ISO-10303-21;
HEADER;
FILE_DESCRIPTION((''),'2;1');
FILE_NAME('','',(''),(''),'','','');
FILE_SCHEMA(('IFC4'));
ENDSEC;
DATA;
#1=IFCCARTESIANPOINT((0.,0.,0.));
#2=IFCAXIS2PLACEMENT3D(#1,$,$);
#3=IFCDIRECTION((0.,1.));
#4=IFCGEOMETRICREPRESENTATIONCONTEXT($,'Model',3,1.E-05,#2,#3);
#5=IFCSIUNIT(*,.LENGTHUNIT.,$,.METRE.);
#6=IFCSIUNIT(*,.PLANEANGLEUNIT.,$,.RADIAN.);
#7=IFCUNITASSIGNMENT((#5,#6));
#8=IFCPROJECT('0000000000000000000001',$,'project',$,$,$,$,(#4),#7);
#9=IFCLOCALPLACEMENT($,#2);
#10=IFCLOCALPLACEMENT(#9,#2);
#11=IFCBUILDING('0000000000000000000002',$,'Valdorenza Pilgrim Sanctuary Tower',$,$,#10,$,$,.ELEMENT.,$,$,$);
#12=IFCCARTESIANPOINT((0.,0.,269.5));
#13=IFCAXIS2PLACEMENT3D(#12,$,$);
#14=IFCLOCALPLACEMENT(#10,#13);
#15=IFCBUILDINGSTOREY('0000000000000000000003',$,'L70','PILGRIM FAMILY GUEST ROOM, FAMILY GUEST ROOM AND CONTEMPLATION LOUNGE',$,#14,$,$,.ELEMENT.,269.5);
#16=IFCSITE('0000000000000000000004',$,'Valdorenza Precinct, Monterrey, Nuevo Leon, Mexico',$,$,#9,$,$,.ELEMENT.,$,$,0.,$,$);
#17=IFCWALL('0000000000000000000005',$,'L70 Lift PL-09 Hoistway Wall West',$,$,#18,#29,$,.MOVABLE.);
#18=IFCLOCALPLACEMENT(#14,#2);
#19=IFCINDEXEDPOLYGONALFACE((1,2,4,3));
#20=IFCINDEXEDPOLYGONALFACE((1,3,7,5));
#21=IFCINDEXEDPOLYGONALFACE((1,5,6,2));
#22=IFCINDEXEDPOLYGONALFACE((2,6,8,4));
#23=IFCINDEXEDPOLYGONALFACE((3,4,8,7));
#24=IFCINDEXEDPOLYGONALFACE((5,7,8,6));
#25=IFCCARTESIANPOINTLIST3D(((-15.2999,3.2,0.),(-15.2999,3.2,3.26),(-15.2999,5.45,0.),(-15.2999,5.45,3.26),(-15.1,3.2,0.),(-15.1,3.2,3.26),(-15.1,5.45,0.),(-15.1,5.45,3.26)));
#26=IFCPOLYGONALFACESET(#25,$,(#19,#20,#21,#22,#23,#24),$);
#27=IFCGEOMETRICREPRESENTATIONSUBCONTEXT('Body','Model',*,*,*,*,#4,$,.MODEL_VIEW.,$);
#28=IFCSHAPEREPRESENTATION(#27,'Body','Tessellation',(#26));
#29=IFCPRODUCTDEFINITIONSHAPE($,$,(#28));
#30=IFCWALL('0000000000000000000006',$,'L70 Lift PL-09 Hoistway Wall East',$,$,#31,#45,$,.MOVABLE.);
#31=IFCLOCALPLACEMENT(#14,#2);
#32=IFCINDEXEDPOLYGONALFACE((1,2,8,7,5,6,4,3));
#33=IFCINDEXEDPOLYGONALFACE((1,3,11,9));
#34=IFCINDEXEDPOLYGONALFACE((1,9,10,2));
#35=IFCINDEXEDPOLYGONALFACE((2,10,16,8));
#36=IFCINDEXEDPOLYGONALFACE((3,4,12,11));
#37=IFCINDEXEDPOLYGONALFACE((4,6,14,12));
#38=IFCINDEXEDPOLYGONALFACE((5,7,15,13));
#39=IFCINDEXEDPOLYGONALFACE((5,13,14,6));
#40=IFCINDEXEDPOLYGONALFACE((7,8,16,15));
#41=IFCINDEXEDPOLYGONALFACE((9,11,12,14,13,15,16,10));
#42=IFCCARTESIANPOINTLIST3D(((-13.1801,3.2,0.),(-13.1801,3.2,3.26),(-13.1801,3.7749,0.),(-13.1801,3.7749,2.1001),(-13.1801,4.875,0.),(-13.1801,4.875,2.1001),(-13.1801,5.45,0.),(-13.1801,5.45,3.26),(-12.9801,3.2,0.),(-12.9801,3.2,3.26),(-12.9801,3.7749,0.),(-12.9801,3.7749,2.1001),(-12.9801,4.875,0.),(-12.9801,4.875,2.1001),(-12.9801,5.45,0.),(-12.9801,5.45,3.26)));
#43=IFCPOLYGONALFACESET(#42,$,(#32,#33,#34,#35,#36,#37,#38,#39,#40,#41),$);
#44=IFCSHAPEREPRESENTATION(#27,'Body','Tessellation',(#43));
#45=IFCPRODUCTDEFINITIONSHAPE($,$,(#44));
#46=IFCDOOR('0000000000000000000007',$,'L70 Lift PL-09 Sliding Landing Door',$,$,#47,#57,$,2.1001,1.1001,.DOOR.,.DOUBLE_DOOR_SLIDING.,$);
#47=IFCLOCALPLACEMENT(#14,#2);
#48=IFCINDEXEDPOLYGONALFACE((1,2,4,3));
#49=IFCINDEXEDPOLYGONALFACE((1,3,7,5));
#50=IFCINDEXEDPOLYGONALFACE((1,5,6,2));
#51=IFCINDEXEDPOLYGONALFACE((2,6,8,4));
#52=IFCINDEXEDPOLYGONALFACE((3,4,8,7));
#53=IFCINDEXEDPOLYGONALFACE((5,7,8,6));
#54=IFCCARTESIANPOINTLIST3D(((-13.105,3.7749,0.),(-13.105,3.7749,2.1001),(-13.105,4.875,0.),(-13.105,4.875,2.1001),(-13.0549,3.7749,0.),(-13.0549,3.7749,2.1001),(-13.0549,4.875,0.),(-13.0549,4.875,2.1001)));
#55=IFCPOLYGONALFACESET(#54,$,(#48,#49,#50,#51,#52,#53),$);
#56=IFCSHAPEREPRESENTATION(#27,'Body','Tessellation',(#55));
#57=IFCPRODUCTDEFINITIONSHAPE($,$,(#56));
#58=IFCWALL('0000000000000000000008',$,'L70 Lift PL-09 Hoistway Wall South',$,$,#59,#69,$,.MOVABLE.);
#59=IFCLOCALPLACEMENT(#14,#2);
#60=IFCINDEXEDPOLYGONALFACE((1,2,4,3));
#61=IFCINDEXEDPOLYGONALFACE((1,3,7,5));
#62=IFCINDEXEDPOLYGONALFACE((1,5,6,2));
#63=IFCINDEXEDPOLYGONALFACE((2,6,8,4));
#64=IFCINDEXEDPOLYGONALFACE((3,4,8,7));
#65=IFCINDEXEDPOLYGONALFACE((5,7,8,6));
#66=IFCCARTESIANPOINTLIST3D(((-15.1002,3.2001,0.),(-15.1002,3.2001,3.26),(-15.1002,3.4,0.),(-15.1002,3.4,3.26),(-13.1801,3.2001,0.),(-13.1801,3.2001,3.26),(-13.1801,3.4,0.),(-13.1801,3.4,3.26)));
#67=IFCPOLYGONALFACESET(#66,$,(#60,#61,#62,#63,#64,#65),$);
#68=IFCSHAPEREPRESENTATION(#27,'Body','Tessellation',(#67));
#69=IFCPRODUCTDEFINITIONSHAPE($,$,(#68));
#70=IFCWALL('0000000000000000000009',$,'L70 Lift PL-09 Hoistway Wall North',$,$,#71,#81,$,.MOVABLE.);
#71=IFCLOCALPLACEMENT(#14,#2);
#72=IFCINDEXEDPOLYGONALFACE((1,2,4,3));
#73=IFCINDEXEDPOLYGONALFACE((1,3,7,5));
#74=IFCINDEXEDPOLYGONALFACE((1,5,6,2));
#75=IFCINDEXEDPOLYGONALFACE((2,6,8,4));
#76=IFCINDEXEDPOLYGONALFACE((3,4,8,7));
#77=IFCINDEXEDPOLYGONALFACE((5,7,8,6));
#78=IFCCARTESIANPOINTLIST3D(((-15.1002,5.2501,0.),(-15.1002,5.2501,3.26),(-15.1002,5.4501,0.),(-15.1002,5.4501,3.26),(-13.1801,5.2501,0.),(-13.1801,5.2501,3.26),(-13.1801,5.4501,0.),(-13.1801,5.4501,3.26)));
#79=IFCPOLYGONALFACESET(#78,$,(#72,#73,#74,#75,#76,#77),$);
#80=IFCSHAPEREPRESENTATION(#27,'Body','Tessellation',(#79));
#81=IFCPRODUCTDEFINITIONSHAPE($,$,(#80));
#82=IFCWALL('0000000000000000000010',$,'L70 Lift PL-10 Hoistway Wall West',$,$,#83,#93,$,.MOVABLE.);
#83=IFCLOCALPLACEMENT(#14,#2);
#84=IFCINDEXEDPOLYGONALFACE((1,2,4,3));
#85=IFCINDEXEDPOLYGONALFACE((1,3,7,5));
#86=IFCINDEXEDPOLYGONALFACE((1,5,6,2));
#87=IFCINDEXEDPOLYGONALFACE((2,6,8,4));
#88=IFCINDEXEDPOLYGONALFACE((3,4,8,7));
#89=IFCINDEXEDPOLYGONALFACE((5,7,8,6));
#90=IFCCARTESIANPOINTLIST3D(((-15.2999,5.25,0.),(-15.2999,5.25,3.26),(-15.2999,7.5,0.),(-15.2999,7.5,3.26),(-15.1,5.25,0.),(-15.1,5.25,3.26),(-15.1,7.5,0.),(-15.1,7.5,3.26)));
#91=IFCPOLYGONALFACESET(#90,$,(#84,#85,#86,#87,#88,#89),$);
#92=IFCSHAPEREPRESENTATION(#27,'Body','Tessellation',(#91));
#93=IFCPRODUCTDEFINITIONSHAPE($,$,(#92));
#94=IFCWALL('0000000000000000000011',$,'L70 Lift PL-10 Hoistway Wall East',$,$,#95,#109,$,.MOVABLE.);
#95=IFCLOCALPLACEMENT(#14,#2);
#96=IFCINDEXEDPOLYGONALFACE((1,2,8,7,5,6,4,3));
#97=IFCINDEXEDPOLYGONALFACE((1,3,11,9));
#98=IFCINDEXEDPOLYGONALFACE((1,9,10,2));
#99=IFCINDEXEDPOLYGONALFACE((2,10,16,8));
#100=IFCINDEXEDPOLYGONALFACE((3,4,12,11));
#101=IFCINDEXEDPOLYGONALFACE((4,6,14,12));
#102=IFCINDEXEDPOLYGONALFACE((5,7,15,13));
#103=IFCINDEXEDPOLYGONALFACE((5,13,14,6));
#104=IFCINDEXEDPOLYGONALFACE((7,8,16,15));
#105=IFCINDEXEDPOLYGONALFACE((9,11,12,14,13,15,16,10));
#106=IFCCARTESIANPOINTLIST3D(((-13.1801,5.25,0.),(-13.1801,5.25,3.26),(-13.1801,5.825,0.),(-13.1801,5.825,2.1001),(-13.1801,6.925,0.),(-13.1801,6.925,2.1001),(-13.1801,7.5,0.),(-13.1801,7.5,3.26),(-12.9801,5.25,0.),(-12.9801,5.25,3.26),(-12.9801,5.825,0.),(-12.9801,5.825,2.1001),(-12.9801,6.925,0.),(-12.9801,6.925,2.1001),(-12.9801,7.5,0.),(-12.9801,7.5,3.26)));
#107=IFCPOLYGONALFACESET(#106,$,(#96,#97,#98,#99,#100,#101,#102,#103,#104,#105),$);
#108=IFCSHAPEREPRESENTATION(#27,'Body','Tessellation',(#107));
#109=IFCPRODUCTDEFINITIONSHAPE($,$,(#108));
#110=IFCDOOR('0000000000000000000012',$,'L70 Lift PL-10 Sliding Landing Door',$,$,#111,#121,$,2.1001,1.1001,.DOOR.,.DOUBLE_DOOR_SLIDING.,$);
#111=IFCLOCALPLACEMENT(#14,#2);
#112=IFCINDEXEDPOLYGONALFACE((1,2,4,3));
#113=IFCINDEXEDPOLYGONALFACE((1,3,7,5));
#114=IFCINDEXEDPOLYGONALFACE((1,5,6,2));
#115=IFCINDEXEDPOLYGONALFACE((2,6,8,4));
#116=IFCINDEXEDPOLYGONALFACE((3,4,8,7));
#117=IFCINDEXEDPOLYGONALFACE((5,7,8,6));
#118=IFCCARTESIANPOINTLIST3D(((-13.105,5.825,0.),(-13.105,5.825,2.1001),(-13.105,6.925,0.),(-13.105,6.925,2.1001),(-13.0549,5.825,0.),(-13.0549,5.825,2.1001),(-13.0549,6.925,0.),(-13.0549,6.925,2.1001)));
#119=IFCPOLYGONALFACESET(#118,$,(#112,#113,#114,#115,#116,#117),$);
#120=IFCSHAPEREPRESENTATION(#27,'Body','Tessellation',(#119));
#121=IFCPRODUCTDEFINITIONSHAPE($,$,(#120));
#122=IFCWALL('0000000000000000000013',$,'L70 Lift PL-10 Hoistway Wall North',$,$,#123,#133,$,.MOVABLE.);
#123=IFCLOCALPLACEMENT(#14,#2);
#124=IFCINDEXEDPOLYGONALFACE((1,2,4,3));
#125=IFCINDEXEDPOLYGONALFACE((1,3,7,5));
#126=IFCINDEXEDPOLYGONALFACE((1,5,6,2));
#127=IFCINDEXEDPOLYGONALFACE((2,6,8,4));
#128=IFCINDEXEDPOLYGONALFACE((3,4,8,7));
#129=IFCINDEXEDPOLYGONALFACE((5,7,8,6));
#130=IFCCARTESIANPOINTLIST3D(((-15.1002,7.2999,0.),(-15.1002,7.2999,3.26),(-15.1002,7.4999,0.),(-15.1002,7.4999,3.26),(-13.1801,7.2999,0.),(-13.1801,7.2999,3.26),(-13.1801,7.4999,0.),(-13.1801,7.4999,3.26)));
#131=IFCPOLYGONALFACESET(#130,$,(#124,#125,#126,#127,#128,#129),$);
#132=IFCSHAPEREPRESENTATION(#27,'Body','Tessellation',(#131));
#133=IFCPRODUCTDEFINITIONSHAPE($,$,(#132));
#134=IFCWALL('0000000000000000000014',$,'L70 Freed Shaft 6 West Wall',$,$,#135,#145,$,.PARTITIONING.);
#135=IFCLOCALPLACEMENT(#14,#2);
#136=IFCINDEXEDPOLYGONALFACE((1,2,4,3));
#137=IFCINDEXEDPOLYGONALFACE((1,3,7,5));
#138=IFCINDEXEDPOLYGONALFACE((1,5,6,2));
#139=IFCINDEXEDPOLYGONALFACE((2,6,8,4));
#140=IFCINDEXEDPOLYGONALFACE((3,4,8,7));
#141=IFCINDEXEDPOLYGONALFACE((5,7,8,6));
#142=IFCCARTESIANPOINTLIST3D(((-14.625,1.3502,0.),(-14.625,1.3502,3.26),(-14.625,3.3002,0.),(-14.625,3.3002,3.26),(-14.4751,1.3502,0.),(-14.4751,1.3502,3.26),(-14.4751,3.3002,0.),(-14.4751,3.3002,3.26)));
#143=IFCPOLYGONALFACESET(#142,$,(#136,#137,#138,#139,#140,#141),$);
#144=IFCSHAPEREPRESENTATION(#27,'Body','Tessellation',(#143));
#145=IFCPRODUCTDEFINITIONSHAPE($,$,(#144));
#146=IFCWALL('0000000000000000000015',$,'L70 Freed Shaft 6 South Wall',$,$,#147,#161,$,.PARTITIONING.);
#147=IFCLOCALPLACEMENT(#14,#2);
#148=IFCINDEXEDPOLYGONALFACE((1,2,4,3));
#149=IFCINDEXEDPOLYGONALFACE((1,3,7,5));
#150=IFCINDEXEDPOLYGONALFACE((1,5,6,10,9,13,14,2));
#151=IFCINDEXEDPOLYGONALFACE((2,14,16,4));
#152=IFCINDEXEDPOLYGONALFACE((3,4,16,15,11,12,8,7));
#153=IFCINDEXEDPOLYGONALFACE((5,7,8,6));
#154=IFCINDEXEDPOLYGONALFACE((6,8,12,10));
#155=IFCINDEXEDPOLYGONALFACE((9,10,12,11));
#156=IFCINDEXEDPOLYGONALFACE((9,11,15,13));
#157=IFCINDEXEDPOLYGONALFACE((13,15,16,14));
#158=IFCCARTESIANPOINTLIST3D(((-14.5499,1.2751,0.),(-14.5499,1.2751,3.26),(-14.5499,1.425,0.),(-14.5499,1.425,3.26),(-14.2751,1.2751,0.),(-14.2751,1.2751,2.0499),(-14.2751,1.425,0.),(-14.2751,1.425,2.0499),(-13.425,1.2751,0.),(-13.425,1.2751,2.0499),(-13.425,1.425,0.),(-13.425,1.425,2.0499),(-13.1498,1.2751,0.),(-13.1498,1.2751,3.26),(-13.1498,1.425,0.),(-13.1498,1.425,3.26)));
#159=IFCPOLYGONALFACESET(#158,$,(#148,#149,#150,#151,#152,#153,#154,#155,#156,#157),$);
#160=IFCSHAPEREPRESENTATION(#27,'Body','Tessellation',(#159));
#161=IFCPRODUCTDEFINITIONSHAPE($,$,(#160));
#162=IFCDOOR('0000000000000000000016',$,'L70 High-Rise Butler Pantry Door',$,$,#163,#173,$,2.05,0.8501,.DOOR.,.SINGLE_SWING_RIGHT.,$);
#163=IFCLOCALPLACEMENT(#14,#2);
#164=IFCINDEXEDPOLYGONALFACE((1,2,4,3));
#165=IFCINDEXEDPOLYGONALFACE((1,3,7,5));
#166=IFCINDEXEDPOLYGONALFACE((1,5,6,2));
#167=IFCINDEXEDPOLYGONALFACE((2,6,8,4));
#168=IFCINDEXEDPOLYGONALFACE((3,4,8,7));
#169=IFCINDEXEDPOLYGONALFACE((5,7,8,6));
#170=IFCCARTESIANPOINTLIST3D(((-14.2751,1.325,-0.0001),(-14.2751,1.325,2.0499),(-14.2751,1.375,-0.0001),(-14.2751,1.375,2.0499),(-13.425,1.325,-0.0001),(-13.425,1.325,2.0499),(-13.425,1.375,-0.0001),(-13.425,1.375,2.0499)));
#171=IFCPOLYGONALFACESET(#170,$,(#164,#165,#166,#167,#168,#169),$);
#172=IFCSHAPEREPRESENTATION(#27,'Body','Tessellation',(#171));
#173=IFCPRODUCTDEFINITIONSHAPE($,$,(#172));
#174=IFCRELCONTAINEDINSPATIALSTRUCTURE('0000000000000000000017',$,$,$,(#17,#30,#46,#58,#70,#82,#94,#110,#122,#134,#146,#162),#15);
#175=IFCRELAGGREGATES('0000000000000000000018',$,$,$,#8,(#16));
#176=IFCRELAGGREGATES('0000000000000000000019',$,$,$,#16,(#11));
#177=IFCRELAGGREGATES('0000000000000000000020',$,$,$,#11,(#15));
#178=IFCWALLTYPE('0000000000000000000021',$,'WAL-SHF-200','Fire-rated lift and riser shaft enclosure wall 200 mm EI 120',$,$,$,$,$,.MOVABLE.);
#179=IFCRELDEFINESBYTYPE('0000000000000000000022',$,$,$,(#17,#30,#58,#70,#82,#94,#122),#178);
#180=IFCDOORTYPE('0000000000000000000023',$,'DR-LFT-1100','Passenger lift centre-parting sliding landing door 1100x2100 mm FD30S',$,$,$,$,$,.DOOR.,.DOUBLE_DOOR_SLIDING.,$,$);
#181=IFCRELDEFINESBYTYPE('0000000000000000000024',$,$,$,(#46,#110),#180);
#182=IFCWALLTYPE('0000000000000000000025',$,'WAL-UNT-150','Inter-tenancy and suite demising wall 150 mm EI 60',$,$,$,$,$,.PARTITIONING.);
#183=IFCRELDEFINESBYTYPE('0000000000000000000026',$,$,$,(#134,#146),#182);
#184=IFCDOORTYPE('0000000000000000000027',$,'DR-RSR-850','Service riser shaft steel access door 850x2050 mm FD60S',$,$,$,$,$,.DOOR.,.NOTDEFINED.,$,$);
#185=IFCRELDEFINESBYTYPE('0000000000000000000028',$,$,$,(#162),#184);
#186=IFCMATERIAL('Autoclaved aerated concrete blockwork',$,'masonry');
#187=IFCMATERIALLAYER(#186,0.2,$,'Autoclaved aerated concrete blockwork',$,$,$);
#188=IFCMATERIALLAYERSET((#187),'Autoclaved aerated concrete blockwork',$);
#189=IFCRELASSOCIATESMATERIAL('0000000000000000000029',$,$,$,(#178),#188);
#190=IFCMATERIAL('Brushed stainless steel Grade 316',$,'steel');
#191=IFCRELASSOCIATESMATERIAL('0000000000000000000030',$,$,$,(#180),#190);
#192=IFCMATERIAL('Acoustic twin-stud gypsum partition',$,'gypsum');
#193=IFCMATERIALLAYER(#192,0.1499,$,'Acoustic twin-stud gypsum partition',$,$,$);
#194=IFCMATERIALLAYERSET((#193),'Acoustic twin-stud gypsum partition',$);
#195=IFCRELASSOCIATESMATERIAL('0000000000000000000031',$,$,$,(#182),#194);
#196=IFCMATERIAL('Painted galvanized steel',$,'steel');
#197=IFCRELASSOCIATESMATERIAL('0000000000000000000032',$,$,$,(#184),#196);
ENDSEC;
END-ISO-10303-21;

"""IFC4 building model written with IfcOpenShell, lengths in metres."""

from ifc_helpers import new_model, si_unit, direction, frame, frame_2d, origin, place, context, subcontext, project, spatial, rectangle, extrude, material, layer, layer_set, type_object, element, fill, save


model = new_model("IFC4")

# Units and contexts
model_context = context("Model", 3, precision=1e-05, world=origin(), true_north=direction((0.0, 1.0)))
body_context = subcontext(model_context, "Body", "Model", "MODEL_VIEW")
ifc_project = project(units=[si_unit("LENGTHUNIT", "METRE"), si_unit("PLANEANGLEUNIT", "RADIAN")], contexts=[model_context])

# Site, building, storey
site_placement = place(None, origin())
site = spatial("IfcSite", under=ifc_project, at=site_placement, Name="Valdorenza Precinct, Monterrey, Nuevo Leon, Mexico", CompositionType="ELEMENT", RefElevation=0.0)
building_placement = place(site_placement, origin())
building = spatial("IfcBuilding", under=site, at=building_placement, Name="Valdorenza Pilgrim Sanctuary Tower", CompositionType="ELEMENT")
storey_placement = place(building_placement, frame((0.0, 0.0, 269.5)))
storey = spatial("IfcBuildingStorey", under=building, at=storey_placement, Name="L70", Description="PILGRIM FAMILY GUEST ROOM, FAMILY GUEST ROOM AND CONTEMPLATION LOUNGE", CompositionType="ELEMENT", Elevation=269.5)

# Shared definitions
ifc_material_1 = material(Name="Acoustic twin-stud gypsum partition", Category="gypsum")

# Wall
ifc_material_2 = material(Name="Autoclaved aerated concrete blockwork", Category="masonry")
ifc_layer_1 = layer(ifc_material_2, 0.2, Name="Autoclaved aerated concrete blockwork")
ifc_layer_set_1 = layer_set([ifc_layer_1], Name="Autoclaved aerated concrete blockwork")
wall_type_1 = type_object("IfcWallType", Name="WAL-SHF-200", Description="Fire-rated lift and riser shaft enclosure wall 200 mm EI 120", PredefinedType="MOVABLE", material=ifc_layer_set_1)
wall_1_placement = place(storey_placement, frame((-15.2, 3.2, 0.0), z_axis=(0.0, 0.0, 1.0), x_axis=(0.0, 1.0, 0.0)))
element("IfcWall", 1, at=wall_1_placement, inside=storey, type_object=wall_type_1, Name="L70 Lift PL-09 Hoistway Wall West", PredefinedType="MOVABLE", context=body_context, shape_type="SweptSolid", body=[
    extrude(rectangle(XDim=2.25, YDim=0.2, at=frame_2d((1.125, 0.0))), origin(), (0.0, 0.0, 1.0), 3.26),
])

# Wall, opening, door
wall_2_placement = place(storey_placement, frame((-13.0801, 3.2, 0.0), z_axis=(0.0, 0.0, 1.0), x_axis=(0.0, 1.0, 0.0)))
wall_2 = element("IfcWall", 2, at=wall_2_placement, inside=storey, type_object=wall_type_1, Name="L70 Lift PL-09 Hoistway Wall East", PredefinedType="MOVABLE", context=body_context, shape_type="SweptSolid", body=[
    extrude(rectangle(XDim=2.25, YDim=0.2, at=frame_2d((1.125, 0.0))), origin(), (0.0, 0.0, 1.0), 3.26),
])
opening_1_placement = place(wall_2_placement, frame((0.575, 0.0, 0.0)))
opening_1 = element("IfcOpeningElement", 3, at=opening_1_placement, cuts=wall_2, PredefinedType="OPENING", context=body_context, shape_type="SweptSolid", body=[
    extrude(rectangle(XDim=1.1001, YDim=2.1001, at=frame_2d((0.55, 1.05))), frame((0.0, 0.1147, 0.0), z_axis=(0.0, -1.0, 0.0), x_axis=(1.0, 0.0, 0.0)), (0.0, 0.0, 1.0), 0.2297),
])
ifc_material_3 = material(Name="Brushed stainless steel Grade 316", Category="steel")
door_type_1 = type_object("IfcDoorType", Name="DR-LFT-1100", Description="Passenger lift centre-parting sliding landing door 1100x2100 mm FD30S", OperationType="DOUBLE_DOOR_SLIDING", PredefinedType="DOOR", material=ifc_material_3)
door_1_placement = place(opening_1_placement, origin())
door_1 = element("IfcDoor", 4, at=door_1_placement, inside=storey, type_object=door_type_1, Name="L70 Lift PL-09 Sliding Landing Door", OperationType="DOUBLE_DOOR_SLIDING", OverallHeight=2.1001, OverallWidth=1.1001, PredefinedType="DOOR", context=body_context, shape_type="SweptSolid", body=[
    extrude(rectangle(XDim=1.1001, YDim=2.1001, at=frame_2d((0.55, 1.05))), frame((0.0, 0.0249, 0.0), z_axis=(0.0, -1.0, 0.0), x_axis=(1.0, 0.0, 0.0)), (0.0, 0.0, 1.0), 0.05),
])
fill(opening_1, door_1)

# Walls
for number, where, z_axis, x_axis, name in (
    (5, (-15.1001, 3.3, 0.0), (0.0, 0.0, 1.0), (1.0, 0.0, 0.0), "L70 Lift PL-09 Hoistway Wall South"),
    (6, (-15.1001, 5.3501, 0.0), (0.0, 0.0, 1.0), (1.0, 0.0, 0.0), "L70 Lift PL-09 Hoistway Wall North"),
):
    element("IfcWall", number, at=place(storey_placement, frame(where, z_axis=z_axis, x_axis=x_axis)), inside=storey, type_object=wall_type_1, Name=name, PredefinedType="MOVABLE", context=body_context, shape_type="SweptSolid", body=[
        extrude(rectangle(XDim=1.9202, YDim=0.2, at=frame_2d((0.96, 0.0))), origin(), (0.0, 0.0, 1.0), 3.26),
    ])
wall_3_placement = place(storey_placement, frame((-15.2, 5.25, 0.0), z_axis=(0.0, 0.0, 1.0), x_axis=(0.0, 1.0, 0.0)))
element("IfcWall", 7, at=wall_3_placement, inside=storey, type_object=wall_type_1, Name="L70 Lift PL-10 Hoistway Wall West", PredefinedType="MOVABLE", context=body_context, shape_type="SweptSolid", body=[
    extrude(rectangle(XDim=2.25, YDim=0.2, at=frame_2d((1.125, 0.0))), origin(), (0.0, 0.0, 1.0), 3.26),
])

# Wall, opening, door
wall_4_placement = place(storey_placement, frame((-13.0801, 5.25, 0.0), z_axis=(0.0, 0.0, 1.0), x_axis=(0.0, 1.0, 0.0)))
wall_4 = element("IfcWall", 8, at=wall_4_placement, inside=storey, type_object=wall_type_1, Name="L70 Lift PL-10 Hoistway Wall East", PredefinedType="MOVABLE", context=body_context, shape_type="SweptSolid", body=[
    extrude(rectangle(XDim=2.25, YDim=0.2, at=frame_2d((1.125, 0.0))), origin(), (0.0, 0.0, 1.0), 3.26),
])
opening_2_placement = place(wall_4_placement, frame((0.575, 0.0, 0.0)))
opening_2 = element("IfcOpeningElement", 9, at=opening_2_placement, cuts=wall_4, PredefinedType="OPENING", context=body_context, shape_type="SweptSolid", body=[
    extrude(rectangle(XDim=1.1001, YDim=2.1001, at=frame_2d((0.55, 1.05))), frame((0.0, 0.1147, 0.0), z_axis=(0.0, -1.0, 0.0), x_axis=(1.0, 0.0, 0.0)), (0.0, 0.0, 1.0), 0.2297),
])
door_2_placement = place(opening_2_placement, origin())
door_2 = element("IfcDoor", 10, at=door_2_placement, inside=storey, type_object=door_type_1, Name="L70 Lift PL-10 Sliding Landing Door", OperationType="DOUBLE_DOOR_SLIDING", OverallHeight=2.1001, OverallWidth=1.1001, PredefinedType="DOOR", context=body_context, shape_type="SweptSolid", body=[
    extrude(rectangle(XDim=1.1001, YDim=2.1001, at=frame_2d((0.55, 1.05))), frame((0.0, 0.0249, 0.0), z_axis=(0.0, -1.0, 0.0), x_axis=(1.0, 0.0, 0.0)), (0.0, 0.0, 1.0), 0.05),
])
fill(opening_2, door_2)

# Walls
wall_5_placement = place(storey_placement, frame((-15.1001, 7.3999, 0.0), z_axis=(0.0, 0.0, 1.0), x_axis=(1.0, 0.0, 0.0)))
element("IfcWall", 11, at=wall_5_placement, inside=storey, type_object=wall_type_1, Name="L70 Lift PL-10 Hoistway Wall North", PredefinedType="MOVABLE", context=body_context, shape_type="SweptSolid", body=[
    extrude(rectangle(XDim=1.9202, YDim=0.2, at=frame_2d((0.96, 0.0))), origin(), (0.0, 0.0, 1.0), 3.26),
])
ifc_layer_2 = layer(ifc_material_1, 0.1499, Name="Acoustic twin-stud gypsum partition")
ifc_layer_set_2 = layer_set([ifc_layer_2], Name="Acoustic twin-stud gypsum partition")
wall_type_2 = type_object("IfcWallType", Name="WAL-UNT-150", Description="Inter-tenancy and suite demising wall 150 mm EI 60", PredefinedType="PARTITIONING", material=ifc_layer_set_2)
wall_6_placement = place(storey_placement, frame((-14.55, 1.3501, 0.0), z_axis=(0.0, 0.0, 1.0), x_axis=(0.0, 1.0, 0.0)))
element("IfcWall", 12, at=wall_6_placement, inside=storey, type_object=wall_type_2, Name="L70 Freed Shaft 6 West Wall", PredefinedType="PARTITIONING", context=body_context, shape_type="SweptSolid", body=[
    extrude(rectangle(XDim=1.95, YDim=0.1499, at=frame_2d((0.9751, 0.0))), origin(), (0.0, 0.0, 1.0), 3.26),
])

# Wall, opening, door
wall_7_placement = place(storey_placement, frame((-14.55, 1.3501, 0.0), z_axis=(0.0, 0.0, 1.0), x_axis=(1.0, 0.0, 0.0)))
wall_7 = element("IfcWall", 13, at=wall_7_placement, inside=storey, type_object=wall_type_2, Name="L70 Freed Shaft 6 South Wall", PredefinedType="PARTITIONING", context=body_context, shape_type="SweptSolid", body=[
    extrude(rectangle(XDim=1.4001, YDim=0.1499, at=frame_2d((0.7002, 0.0))), origin(), (0.0, 0.0, 1.0), 3.26),
])
opening_3_placement = place(wall_7_placement, frame((0.2749, 0.0, 0.0)))
opening_3 = element("IfcOpeningElement", 14, at=opening_3_placement, cuts=wall_7, PredefinedType="OPENING", context=body_context, shape_type="SweptSolid", body=[
    extrude(rectangle(XDim=0.8501, YDim=2.05, at=frame_2d((0.425, 1.0249))), frame((0.0, 0.0898, 0.0), z_axis=(0.0, -1.0, 0.0), x_axis=(1.0, 0.0, 0.0)), (0.0, 0.0, 1.0), 0.1797),
])
ifc_material_4 = material(Name="Painted galvanized steel", Category="steel")
door_type_2 = type_object("IfcDoorType", Name="DR-RSR-850", Description="Service riser shaft steel access door 850x2050 mm FD60S", OperationType="NOTDEFINED", PredefinedType="DOOR", material=ifc_material_4)
door_3_placement = place(opening_3_placement, origin())
door_3 = element("IfcDoor", 15, at=door_3_placement, inside=storey, type_object=door_type_2, Name="L70 High-Rise Butler Pantry Door", OperationType="SINGLE_SWING_RIGHT", OverallHeight=2.05, OverallWidth=0.8501, PredefinedType="DOOR", context=body_context, shape_type="SweptSolid", body=[
    extrude(rectangle(XDim=0.8501, YDim=2.05, at=frame_2d((0.425, 1.0249))), frame((0.0, 0.0249, 0.0), z_axis=(0.0, -1.0, 0.0), x_axis=(1.0, 0.0, 0.0)), (0.0, 0.0, 1.0), 0.05),
])
fill(opening_3, door_3)

save(model, "model.ifc")
